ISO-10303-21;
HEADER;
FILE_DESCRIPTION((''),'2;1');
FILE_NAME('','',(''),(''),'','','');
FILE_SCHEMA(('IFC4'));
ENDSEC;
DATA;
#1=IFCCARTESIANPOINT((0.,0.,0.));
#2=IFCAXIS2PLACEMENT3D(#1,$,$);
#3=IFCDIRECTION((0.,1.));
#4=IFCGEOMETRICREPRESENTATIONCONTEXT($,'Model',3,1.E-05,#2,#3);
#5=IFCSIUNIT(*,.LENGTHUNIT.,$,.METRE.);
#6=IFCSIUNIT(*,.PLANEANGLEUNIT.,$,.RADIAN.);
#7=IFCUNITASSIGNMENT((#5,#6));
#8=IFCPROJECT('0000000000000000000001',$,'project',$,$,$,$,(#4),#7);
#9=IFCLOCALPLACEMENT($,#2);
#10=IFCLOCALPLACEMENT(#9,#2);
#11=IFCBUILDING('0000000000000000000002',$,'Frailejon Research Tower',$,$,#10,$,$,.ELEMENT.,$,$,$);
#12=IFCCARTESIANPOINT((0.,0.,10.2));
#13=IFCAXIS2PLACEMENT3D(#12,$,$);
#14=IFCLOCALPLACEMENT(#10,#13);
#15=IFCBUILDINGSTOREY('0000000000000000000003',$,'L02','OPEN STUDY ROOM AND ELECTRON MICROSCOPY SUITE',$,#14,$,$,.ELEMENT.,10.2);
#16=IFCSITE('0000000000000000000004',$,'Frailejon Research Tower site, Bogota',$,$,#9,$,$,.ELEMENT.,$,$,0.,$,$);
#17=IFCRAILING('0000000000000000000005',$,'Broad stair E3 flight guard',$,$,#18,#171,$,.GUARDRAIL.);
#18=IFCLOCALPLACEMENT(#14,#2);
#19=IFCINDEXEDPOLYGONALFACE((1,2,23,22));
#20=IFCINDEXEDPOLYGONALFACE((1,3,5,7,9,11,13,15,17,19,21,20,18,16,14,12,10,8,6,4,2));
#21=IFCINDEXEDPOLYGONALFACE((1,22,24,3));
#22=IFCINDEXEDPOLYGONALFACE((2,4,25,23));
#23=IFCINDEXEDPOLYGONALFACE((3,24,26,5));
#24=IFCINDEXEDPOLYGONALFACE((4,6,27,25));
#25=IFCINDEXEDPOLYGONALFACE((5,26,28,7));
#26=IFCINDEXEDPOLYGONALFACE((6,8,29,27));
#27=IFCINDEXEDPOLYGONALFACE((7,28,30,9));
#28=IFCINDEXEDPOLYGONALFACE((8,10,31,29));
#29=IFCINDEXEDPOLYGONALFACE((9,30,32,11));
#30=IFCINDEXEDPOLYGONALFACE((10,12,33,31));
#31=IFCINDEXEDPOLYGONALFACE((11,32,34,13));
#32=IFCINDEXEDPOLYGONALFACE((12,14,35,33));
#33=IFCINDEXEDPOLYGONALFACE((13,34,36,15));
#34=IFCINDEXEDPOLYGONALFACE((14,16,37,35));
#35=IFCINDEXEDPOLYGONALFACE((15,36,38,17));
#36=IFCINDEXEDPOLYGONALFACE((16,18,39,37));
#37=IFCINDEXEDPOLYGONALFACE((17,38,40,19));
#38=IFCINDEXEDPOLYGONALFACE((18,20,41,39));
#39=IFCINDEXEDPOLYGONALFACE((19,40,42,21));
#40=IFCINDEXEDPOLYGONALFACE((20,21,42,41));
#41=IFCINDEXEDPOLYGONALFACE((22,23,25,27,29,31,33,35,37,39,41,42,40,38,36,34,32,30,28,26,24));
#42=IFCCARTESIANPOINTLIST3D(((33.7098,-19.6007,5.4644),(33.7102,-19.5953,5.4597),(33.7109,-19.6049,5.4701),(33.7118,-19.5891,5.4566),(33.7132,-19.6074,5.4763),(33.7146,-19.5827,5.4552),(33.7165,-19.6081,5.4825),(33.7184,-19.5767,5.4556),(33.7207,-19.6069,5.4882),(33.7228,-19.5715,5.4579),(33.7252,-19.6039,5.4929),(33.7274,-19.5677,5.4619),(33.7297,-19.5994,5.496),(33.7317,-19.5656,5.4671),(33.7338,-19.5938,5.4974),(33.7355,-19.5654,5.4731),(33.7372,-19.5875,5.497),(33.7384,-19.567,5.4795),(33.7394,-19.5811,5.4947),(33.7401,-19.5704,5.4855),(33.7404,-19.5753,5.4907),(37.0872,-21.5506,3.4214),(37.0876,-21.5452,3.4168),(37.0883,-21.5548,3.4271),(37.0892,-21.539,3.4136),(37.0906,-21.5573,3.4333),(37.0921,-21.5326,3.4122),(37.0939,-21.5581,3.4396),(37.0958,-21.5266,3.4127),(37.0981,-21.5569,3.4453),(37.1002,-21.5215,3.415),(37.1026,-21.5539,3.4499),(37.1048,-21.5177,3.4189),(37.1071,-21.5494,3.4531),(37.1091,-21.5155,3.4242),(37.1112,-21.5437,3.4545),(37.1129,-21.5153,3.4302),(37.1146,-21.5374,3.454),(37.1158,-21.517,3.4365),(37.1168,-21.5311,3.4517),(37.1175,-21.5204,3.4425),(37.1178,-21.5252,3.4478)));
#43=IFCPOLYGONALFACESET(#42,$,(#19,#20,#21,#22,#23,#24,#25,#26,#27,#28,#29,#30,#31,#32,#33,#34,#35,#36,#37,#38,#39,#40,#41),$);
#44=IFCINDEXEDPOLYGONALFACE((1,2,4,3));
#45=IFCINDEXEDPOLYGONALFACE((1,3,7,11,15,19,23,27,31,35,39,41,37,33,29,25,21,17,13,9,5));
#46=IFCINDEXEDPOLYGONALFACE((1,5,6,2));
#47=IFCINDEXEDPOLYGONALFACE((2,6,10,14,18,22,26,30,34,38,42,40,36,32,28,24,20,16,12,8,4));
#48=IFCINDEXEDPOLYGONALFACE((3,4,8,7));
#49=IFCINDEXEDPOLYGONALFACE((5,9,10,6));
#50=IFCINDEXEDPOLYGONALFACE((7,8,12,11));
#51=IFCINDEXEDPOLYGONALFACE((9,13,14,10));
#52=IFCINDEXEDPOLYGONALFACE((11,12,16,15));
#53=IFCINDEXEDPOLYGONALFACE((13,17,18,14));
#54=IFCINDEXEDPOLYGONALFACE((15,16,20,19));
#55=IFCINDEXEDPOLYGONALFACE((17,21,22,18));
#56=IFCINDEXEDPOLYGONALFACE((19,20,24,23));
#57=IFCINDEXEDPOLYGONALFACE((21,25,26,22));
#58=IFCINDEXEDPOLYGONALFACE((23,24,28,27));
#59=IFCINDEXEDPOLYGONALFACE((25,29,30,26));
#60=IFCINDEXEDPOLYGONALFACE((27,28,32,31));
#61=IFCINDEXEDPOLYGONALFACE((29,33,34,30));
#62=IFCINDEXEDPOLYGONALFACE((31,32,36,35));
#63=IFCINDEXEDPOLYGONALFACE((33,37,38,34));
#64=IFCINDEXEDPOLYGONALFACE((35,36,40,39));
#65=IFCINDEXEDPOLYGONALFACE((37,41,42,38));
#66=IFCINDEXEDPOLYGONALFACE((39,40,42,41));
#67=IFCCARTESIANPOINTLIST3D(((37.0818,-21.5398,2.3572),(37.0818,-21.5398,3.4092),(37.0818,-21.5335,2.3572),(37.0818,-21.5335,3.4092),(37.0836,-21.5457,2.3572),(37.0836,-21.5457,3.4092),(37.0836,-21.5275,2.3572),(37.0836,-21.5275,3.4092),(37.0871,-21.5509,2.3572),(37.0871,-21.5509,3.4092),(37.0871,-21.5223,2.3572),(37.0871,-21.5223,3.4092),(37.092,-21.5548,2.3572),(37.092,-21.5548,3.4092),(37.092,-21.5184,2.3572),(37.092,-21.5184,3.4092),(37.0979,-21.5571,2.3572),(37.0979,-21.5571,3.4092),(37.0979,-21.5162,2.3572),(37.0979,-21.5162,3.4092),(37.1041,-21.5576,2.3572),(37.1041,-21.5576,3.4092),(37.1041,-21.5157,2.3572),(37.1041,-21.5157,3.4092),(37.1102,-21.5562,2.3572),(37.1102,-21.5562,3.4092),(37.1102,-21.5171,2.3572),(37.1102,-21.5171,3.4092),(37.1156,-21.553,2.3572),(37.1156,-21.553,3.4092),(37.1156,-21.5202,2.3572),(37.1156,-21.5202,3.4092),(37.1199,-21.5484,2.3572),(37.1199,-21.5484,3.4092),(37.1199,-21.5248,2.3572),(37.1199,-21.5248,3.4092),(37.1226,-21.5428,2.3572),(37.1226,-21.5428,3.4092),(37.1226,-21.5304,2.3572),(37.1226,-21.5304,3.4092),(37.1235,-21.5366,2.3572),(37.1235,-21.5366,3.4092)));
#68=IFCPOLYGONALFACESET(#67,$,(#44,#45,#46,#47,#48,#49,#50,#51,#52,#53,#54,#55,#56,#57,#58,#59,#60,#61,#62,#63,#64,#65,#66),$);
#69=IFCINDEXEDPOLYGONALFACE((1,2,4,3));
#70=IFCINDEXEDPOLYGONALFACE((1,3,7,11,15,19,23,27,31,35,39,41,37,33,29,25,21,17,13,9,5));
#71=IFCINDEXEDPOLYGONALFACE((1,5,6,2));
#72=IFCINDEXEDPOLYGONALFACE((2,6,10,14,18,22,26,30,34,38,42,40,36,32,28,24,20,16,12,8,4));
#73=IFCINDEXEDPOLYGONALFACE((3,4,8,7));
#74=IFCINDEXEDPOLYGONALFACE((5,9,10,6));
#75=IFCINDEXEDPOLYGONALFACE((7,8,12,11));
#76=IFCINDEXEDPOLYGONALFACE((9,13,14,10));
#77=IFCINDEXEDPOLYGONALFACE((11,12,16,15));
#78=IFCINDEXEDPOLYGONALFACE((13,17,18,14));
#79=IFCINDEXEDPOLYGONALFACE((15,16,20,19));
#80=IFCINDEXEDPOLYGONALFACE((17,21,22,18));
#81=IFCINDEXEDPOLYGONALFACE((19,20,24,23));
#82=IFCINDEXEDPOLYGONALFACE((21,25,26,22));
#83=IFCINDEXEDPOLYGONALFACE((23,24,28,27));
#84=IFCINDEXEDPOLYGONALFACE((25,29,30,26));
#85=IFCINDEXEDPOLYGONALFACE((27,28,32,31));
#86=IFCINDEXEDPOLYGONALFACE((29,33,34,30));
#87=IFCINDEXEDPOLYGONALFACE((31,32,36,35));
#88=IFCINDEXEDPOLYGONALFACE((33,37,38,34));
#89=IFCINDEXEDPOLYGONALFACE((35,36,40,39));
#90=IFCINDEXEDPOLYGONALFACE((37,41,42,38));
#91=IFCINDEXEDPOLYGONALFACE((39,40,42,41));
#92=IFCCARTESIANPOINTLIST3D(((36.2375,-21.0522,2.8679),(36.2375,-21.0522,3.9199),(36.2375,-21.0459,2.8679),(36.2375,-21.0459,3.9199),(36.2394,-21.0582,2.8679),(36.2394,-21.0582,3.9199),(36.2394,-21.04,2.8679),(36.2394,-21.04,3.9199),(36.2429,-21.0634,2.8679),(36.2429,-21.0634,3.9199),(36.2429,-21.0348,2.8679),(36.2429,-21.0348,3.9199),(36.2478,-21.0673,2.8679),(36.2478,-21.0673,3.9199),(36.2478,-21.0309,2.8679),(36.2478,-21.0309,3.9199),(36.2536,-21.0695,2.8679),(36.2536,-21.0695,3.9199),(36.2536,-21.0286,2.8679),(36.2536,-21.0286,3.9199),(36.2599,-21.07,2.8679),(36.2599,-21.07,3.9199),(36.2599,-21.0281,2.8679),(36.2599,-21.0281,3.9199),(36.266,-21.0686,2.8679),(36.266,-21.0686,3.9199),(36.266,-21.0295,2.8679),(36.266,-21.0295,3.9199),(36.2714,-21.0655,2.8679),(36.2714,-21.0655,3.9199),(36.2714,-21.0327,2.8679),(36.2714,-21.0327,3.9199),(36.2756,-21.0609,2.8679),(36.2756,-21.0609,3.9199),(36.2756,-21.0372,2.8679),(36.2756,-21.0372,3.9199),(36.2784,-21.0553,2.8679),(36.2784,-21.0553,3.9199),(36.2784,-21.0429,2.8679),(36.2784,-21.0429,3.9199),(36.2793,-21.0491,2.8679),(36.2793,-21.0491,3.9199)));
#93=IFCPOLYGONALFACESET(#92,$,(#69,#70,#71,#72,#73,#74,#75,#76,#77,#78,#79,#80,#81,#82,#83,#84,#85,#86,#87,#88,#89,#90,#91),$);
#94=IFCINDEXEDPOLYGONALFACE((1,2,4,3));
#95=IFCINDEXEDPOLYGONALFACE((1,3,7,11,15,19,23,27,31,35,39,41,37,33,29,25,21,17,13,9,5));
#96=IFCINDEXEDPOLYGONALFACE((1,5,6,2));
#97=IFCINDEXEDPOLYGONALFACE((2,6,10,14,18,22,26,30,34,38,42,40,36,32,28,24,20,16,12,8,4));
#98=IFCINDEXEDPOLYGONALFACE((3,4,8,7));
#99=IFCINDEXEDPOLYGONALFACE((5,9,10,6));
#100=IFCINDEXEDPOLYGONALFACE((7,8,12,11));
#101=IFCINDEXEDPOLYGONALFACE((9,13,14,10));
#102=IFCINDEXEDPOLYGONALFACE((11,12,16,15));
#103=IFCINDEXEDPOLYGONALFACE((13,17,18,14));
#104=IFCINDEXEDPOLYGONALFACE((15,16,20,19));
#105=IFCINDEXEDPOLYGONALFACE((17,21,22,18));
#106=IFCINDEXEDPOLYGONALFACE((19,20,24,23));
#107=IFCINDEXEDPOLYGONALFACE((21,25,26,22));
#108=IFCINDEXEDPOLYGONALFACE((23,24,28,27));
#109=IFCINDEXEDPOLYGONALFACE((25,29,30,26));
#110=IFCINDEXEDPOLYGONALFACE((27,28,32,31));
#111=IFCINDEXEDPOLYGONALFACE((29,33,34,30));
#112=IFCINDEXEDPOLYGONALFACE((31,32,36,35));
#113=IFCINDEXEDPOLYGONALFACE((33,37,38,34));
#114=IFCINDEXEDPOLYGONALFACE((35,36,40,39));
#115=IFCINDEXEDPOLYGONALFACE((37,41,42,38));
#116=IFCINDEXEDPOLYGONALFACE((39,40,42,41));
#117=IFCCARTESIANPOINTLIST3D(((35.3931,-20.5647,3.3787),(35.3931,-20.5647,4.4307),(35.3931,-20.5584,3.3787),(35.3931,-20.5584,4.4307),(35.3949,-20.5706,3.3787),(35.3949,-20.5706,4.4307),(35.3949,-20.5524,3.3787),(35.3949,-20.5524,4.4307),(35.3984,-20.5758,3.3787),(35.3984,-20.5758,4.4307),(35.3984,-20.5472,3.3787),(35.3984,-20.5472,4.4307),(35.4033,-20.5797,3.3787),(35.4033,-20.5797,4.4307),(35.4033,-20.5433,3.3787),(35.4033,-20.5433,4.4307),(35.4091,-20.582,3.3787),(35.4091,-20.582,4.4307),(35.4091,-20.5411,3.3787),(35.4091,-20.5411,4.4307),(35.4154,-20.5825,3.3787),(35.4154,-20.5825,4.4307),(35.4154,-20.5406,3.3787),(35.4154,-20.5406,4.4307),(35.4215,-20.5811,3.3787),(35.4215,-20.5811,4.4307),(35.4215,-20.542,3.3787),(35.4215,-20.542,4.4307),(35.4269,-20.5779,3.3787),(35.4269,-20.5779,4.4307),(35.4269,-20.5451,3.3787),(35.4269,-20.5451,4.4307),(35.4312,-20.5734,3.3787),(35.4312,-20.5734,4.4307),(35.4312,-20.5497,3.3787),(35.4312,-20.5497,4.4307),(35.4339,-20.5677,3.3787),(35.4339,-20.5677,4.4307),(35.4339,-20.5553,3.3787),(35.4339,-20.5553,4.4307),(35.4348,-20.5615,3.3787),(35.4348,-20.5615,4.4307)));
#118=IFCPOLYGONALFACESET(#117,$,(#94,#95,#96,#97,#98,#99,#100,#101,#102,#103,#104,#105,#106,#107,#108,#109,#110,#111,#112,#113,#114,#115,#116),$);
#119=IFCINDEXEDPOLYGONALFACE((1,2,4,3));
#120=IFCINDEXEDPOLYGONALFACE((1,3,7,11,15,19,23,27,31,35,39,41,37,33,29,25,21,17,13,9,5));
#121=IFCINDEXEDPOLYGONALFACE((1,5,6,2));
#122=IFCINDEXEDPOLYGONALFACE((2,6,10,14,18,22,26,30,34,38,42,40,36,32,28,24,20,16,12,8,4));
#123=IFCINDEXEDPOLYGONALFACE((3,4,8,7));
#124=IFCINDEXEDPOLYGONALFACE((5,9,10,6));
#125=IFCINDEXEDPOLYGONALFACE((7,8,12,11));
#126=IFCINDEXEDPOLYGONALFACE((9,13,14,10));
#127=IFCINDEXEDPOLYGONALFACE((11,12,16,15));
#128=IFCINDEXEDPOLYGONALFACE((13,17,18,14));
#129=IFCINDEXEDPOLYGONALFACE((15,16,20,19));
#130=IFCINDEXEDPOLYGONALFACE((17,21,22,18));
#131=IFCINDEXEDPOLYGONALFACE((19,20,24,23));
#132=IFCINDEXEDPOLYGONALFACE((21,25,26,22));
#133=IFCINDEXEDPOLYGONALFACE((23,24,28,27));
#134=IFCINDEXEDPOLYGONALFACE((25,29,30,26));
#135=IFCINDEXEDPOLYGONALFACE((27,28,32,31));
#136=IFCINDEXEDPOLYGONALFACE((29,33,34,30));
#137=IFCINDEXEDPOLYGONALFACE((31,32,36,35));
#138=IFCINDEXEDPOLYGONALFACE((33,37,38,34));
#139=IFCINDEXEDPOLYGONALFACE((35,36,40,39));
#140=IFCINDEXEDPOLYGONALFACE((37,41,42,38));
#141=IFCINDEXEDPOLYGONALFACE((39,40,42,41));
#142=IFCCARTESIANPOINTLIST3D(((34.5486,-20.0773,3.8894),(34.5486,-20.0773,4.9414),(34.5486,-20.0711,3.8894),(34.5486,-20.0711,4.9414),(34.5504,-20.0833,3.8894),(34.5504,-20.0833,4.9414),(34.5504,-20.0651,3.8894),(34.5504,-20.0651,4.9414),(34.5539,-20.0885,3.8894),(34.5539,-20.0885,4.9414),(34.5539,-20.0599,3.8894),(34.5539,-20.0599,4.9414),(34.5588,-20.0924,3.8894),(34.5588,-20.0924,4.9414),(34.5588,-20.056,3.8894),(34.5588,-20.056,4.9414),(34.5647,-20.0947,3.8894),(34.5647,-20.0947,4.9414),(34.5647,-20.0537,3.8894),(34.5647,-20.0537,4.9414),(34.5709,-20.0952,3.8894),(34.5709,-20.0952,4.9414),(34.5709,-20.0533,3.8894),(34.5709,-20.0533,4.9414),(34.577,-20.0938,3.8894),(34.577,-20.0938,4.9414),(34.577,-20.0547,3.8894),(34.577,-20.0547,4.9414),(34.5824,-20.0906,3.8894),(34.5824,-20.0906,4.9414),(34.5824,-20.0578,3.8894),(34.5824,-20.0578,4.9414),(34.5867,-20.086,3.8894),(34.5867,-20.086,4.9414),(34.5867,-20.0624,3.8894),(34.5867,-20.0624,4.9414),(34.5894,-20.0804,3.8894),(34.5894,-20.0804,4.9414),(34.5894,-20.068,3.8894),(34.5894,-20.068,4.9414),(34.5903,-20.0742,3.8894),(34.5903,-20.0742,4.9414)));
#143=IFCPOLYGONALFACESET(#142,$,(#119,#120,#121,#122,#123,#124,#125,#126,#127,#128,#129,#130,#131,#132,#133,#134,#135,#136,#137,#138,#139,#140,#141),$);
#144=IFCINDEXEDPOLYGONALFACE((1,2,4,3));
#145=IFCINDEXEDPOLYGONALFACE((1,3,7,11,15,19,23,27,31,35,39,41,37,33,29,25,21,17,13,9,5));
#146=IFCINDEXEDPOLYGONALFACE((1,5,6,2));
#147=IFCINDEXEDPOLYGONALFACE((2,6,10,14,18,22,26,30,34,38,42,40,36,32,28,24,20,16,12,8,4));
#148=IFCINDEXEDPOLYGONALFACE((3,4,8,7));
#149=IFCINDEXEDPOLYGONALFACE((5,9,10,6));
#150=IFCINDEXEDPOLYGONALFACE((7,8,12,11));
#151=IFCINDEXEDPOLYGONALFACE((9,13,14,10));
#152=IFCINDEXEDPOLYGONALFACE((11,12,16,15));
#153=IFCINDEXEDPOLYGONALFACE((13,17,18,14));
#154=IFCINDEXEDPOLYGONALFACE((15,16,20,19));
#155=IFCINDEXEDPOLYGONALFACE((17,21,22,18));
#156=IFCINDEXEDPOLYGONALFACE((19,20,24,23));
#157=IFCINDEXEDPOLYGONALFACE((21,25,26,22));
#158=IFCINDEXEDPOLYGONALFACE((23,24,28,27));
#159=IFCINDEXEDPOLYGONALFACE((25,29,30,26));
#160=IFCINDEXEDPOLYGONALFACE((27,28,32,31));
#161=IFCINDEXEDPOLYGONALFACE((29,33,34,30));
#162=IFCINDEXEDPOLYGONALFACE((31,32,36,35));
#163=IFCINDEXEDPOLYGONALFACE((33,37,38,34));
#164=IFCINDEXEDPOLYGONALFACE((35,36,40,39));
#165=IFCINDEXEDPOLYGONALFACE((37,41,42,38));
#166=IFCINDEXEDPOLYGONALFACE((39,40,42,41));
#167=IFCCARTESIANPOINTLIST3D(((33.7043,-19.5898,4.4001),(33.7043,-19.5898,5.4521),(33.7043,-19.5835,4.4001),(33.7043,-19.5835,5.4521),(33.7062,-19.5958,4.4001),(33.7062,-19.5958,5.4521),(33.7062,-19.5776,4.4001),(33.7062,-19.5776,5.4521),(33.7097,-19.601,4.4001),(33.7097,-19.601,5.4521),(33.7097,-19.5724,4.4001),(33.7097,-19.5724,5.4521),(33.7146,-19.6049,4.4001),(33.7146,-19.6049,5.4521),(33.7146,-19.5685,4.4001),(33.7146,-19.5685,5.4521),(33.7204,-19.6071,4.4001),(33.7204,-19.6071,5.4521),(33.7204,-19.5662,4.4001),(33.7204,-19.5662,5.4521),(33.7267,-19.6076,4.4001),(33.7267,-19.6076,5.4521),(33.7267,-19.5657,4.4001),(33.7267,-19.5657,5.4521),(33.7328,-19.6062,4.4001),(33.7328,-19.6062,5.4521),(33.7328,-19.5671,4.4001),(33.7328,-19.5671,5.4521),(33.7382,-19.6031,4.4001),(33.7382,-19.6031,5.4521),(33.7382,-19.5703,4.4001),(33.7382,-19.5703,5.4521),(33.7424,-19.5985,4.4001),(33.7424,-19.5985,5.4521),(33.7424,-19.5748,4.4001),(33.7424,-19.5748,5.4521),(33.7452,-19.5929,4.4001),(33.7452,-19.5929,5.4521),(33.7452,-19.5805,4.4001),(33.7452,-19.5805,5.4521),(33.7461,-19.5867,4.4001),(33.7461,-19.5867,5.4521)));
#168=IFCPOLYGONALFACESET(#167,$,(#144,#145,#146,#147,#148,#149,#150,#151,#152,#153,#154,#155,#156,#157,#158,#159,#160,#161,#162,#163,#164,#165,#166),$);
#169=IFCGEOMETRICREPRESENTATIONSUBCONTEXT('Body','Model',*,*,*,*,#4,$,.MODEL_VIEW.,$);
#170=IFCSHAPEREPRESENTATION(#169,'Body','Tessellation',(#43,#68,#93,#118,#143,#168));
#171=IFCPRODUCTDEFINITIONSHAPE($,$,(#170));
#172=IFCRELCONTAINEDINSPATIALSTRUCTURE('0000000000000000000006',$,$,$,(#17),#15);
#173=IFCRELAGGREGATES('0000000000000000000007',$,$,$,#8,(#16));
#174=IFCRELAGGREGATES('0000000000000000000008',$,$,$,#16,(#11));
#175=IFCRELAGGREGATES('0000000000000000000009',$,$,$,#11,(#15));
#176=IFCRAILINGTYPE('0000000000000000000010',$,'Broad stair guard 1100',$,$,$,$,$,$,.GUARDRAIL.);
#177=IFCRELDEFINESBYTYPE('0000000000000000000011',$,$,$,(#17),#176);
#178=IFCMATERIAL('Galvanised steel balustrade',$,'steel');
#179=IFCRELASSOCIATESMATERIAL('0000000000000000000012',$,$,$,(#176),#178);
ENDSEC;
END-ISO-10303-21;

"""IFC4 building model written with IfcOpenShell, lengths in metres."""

from ifc_helpers import new_model, si_unit, direction, frame, origin, origin_2d, place, context, subcontext, project, spatial, circle, extrude, material, type_object, element, save


model = new_model("IFC4")

# Units and contexts
model_context = context("Model", 3, precision=1e-05, world=origin(), true_north=direction((0.0, 1.0)))
body_context = subcontext(model_context, "Body", "Model", "MODEL_VIEW")
ifc_project = project(units=[si_unit("LENGTHUNIT", "METRE"), si_unit("PLANEANGLEUNIT", "RADIAN")], contexts=[model_context])

# Site, building, storey
site_placement = place(None, origin())
site = spatial("IfcSite", under=ifc_project, at=site_placement, Name="Frailejon Research Tower site, Bogota", CompositionType="ELEMENT", RefElevation=0.0)
building_placement = place(site_placement, origin())
building = spatial("IfcBuilding", under=site, at=building_placement, Name="Frailejon Research Tower", CompositionType="ELEMENT")
storey_placement = place(building_placement, frame((0.0, 0.0, 10.2)))
storey = spatial("IfcBuildingStorey", under=building, at=storey_placement, Name="L02", Description="OPEN STUDY ROOM AND ELECTRON MICROSCOPY SUITE", CompositionType="ELEMENT", Elevation=10.2)

# Railing
ifc_material_1 = material(Name="Galvanised steel balustrade", Category="steel")
railing_type_1 = type_object("IfcRailingType", Name="Broad stair guard 1100", PredefinedType="GUARDRAIL", material=ifc_material_1)
railing_1_placement = place(storey_placement, frame((37.1025, -21.5366, 2.3572)))
element("IfcRailing", 1, at=railing_1_placement, inside=storey, type_object=railing_type_1, Name="Broad stair E3 flight guard", PredefinedType="GUARDRAIL", context=body_context, shape_type="SweptSolid", body=[
    extrude(circle(Radius=0.0239, at=origin_2d()), frame((0.0, 0.0, 1.0762), z_axis=(-0.767142, 0.442906, 0.464034), x_axis=(-0.499997, -0.866027, 0.0)), (0.0, 0.0, 1.0), 4.4026),
    extrude(circle(Radius=0.021, at=origin_2d()), origin(), (0.0, 0.0, 1.0), 1.052),
    extrude(circle(Radius=0.021, at=origin_2d()), frame((-0.8442, 0.4875, 0.5107)), (0.0, 0.0, 1.0), 1.052),
    extrude(circle(Radius=0.021, at=origin_2d()), frame((-1.6887, 0.9751, 1.0215)), (0.0, 0.0, 1.0), 1.052),
    extrude(circle(Radius=0.021, at=origin_2d()), frame((-2.5332, 1.4624, 1.5322)), (0.0, 0.0, 1.0), 1.052),
    extrude(circle(Radius=0.021, at=origin_2d()), frame((-3.3774, 1.95, 2.043)), (0.0, 0.0, 1.0), 1.052),
])

save(model, "model.ifc")
